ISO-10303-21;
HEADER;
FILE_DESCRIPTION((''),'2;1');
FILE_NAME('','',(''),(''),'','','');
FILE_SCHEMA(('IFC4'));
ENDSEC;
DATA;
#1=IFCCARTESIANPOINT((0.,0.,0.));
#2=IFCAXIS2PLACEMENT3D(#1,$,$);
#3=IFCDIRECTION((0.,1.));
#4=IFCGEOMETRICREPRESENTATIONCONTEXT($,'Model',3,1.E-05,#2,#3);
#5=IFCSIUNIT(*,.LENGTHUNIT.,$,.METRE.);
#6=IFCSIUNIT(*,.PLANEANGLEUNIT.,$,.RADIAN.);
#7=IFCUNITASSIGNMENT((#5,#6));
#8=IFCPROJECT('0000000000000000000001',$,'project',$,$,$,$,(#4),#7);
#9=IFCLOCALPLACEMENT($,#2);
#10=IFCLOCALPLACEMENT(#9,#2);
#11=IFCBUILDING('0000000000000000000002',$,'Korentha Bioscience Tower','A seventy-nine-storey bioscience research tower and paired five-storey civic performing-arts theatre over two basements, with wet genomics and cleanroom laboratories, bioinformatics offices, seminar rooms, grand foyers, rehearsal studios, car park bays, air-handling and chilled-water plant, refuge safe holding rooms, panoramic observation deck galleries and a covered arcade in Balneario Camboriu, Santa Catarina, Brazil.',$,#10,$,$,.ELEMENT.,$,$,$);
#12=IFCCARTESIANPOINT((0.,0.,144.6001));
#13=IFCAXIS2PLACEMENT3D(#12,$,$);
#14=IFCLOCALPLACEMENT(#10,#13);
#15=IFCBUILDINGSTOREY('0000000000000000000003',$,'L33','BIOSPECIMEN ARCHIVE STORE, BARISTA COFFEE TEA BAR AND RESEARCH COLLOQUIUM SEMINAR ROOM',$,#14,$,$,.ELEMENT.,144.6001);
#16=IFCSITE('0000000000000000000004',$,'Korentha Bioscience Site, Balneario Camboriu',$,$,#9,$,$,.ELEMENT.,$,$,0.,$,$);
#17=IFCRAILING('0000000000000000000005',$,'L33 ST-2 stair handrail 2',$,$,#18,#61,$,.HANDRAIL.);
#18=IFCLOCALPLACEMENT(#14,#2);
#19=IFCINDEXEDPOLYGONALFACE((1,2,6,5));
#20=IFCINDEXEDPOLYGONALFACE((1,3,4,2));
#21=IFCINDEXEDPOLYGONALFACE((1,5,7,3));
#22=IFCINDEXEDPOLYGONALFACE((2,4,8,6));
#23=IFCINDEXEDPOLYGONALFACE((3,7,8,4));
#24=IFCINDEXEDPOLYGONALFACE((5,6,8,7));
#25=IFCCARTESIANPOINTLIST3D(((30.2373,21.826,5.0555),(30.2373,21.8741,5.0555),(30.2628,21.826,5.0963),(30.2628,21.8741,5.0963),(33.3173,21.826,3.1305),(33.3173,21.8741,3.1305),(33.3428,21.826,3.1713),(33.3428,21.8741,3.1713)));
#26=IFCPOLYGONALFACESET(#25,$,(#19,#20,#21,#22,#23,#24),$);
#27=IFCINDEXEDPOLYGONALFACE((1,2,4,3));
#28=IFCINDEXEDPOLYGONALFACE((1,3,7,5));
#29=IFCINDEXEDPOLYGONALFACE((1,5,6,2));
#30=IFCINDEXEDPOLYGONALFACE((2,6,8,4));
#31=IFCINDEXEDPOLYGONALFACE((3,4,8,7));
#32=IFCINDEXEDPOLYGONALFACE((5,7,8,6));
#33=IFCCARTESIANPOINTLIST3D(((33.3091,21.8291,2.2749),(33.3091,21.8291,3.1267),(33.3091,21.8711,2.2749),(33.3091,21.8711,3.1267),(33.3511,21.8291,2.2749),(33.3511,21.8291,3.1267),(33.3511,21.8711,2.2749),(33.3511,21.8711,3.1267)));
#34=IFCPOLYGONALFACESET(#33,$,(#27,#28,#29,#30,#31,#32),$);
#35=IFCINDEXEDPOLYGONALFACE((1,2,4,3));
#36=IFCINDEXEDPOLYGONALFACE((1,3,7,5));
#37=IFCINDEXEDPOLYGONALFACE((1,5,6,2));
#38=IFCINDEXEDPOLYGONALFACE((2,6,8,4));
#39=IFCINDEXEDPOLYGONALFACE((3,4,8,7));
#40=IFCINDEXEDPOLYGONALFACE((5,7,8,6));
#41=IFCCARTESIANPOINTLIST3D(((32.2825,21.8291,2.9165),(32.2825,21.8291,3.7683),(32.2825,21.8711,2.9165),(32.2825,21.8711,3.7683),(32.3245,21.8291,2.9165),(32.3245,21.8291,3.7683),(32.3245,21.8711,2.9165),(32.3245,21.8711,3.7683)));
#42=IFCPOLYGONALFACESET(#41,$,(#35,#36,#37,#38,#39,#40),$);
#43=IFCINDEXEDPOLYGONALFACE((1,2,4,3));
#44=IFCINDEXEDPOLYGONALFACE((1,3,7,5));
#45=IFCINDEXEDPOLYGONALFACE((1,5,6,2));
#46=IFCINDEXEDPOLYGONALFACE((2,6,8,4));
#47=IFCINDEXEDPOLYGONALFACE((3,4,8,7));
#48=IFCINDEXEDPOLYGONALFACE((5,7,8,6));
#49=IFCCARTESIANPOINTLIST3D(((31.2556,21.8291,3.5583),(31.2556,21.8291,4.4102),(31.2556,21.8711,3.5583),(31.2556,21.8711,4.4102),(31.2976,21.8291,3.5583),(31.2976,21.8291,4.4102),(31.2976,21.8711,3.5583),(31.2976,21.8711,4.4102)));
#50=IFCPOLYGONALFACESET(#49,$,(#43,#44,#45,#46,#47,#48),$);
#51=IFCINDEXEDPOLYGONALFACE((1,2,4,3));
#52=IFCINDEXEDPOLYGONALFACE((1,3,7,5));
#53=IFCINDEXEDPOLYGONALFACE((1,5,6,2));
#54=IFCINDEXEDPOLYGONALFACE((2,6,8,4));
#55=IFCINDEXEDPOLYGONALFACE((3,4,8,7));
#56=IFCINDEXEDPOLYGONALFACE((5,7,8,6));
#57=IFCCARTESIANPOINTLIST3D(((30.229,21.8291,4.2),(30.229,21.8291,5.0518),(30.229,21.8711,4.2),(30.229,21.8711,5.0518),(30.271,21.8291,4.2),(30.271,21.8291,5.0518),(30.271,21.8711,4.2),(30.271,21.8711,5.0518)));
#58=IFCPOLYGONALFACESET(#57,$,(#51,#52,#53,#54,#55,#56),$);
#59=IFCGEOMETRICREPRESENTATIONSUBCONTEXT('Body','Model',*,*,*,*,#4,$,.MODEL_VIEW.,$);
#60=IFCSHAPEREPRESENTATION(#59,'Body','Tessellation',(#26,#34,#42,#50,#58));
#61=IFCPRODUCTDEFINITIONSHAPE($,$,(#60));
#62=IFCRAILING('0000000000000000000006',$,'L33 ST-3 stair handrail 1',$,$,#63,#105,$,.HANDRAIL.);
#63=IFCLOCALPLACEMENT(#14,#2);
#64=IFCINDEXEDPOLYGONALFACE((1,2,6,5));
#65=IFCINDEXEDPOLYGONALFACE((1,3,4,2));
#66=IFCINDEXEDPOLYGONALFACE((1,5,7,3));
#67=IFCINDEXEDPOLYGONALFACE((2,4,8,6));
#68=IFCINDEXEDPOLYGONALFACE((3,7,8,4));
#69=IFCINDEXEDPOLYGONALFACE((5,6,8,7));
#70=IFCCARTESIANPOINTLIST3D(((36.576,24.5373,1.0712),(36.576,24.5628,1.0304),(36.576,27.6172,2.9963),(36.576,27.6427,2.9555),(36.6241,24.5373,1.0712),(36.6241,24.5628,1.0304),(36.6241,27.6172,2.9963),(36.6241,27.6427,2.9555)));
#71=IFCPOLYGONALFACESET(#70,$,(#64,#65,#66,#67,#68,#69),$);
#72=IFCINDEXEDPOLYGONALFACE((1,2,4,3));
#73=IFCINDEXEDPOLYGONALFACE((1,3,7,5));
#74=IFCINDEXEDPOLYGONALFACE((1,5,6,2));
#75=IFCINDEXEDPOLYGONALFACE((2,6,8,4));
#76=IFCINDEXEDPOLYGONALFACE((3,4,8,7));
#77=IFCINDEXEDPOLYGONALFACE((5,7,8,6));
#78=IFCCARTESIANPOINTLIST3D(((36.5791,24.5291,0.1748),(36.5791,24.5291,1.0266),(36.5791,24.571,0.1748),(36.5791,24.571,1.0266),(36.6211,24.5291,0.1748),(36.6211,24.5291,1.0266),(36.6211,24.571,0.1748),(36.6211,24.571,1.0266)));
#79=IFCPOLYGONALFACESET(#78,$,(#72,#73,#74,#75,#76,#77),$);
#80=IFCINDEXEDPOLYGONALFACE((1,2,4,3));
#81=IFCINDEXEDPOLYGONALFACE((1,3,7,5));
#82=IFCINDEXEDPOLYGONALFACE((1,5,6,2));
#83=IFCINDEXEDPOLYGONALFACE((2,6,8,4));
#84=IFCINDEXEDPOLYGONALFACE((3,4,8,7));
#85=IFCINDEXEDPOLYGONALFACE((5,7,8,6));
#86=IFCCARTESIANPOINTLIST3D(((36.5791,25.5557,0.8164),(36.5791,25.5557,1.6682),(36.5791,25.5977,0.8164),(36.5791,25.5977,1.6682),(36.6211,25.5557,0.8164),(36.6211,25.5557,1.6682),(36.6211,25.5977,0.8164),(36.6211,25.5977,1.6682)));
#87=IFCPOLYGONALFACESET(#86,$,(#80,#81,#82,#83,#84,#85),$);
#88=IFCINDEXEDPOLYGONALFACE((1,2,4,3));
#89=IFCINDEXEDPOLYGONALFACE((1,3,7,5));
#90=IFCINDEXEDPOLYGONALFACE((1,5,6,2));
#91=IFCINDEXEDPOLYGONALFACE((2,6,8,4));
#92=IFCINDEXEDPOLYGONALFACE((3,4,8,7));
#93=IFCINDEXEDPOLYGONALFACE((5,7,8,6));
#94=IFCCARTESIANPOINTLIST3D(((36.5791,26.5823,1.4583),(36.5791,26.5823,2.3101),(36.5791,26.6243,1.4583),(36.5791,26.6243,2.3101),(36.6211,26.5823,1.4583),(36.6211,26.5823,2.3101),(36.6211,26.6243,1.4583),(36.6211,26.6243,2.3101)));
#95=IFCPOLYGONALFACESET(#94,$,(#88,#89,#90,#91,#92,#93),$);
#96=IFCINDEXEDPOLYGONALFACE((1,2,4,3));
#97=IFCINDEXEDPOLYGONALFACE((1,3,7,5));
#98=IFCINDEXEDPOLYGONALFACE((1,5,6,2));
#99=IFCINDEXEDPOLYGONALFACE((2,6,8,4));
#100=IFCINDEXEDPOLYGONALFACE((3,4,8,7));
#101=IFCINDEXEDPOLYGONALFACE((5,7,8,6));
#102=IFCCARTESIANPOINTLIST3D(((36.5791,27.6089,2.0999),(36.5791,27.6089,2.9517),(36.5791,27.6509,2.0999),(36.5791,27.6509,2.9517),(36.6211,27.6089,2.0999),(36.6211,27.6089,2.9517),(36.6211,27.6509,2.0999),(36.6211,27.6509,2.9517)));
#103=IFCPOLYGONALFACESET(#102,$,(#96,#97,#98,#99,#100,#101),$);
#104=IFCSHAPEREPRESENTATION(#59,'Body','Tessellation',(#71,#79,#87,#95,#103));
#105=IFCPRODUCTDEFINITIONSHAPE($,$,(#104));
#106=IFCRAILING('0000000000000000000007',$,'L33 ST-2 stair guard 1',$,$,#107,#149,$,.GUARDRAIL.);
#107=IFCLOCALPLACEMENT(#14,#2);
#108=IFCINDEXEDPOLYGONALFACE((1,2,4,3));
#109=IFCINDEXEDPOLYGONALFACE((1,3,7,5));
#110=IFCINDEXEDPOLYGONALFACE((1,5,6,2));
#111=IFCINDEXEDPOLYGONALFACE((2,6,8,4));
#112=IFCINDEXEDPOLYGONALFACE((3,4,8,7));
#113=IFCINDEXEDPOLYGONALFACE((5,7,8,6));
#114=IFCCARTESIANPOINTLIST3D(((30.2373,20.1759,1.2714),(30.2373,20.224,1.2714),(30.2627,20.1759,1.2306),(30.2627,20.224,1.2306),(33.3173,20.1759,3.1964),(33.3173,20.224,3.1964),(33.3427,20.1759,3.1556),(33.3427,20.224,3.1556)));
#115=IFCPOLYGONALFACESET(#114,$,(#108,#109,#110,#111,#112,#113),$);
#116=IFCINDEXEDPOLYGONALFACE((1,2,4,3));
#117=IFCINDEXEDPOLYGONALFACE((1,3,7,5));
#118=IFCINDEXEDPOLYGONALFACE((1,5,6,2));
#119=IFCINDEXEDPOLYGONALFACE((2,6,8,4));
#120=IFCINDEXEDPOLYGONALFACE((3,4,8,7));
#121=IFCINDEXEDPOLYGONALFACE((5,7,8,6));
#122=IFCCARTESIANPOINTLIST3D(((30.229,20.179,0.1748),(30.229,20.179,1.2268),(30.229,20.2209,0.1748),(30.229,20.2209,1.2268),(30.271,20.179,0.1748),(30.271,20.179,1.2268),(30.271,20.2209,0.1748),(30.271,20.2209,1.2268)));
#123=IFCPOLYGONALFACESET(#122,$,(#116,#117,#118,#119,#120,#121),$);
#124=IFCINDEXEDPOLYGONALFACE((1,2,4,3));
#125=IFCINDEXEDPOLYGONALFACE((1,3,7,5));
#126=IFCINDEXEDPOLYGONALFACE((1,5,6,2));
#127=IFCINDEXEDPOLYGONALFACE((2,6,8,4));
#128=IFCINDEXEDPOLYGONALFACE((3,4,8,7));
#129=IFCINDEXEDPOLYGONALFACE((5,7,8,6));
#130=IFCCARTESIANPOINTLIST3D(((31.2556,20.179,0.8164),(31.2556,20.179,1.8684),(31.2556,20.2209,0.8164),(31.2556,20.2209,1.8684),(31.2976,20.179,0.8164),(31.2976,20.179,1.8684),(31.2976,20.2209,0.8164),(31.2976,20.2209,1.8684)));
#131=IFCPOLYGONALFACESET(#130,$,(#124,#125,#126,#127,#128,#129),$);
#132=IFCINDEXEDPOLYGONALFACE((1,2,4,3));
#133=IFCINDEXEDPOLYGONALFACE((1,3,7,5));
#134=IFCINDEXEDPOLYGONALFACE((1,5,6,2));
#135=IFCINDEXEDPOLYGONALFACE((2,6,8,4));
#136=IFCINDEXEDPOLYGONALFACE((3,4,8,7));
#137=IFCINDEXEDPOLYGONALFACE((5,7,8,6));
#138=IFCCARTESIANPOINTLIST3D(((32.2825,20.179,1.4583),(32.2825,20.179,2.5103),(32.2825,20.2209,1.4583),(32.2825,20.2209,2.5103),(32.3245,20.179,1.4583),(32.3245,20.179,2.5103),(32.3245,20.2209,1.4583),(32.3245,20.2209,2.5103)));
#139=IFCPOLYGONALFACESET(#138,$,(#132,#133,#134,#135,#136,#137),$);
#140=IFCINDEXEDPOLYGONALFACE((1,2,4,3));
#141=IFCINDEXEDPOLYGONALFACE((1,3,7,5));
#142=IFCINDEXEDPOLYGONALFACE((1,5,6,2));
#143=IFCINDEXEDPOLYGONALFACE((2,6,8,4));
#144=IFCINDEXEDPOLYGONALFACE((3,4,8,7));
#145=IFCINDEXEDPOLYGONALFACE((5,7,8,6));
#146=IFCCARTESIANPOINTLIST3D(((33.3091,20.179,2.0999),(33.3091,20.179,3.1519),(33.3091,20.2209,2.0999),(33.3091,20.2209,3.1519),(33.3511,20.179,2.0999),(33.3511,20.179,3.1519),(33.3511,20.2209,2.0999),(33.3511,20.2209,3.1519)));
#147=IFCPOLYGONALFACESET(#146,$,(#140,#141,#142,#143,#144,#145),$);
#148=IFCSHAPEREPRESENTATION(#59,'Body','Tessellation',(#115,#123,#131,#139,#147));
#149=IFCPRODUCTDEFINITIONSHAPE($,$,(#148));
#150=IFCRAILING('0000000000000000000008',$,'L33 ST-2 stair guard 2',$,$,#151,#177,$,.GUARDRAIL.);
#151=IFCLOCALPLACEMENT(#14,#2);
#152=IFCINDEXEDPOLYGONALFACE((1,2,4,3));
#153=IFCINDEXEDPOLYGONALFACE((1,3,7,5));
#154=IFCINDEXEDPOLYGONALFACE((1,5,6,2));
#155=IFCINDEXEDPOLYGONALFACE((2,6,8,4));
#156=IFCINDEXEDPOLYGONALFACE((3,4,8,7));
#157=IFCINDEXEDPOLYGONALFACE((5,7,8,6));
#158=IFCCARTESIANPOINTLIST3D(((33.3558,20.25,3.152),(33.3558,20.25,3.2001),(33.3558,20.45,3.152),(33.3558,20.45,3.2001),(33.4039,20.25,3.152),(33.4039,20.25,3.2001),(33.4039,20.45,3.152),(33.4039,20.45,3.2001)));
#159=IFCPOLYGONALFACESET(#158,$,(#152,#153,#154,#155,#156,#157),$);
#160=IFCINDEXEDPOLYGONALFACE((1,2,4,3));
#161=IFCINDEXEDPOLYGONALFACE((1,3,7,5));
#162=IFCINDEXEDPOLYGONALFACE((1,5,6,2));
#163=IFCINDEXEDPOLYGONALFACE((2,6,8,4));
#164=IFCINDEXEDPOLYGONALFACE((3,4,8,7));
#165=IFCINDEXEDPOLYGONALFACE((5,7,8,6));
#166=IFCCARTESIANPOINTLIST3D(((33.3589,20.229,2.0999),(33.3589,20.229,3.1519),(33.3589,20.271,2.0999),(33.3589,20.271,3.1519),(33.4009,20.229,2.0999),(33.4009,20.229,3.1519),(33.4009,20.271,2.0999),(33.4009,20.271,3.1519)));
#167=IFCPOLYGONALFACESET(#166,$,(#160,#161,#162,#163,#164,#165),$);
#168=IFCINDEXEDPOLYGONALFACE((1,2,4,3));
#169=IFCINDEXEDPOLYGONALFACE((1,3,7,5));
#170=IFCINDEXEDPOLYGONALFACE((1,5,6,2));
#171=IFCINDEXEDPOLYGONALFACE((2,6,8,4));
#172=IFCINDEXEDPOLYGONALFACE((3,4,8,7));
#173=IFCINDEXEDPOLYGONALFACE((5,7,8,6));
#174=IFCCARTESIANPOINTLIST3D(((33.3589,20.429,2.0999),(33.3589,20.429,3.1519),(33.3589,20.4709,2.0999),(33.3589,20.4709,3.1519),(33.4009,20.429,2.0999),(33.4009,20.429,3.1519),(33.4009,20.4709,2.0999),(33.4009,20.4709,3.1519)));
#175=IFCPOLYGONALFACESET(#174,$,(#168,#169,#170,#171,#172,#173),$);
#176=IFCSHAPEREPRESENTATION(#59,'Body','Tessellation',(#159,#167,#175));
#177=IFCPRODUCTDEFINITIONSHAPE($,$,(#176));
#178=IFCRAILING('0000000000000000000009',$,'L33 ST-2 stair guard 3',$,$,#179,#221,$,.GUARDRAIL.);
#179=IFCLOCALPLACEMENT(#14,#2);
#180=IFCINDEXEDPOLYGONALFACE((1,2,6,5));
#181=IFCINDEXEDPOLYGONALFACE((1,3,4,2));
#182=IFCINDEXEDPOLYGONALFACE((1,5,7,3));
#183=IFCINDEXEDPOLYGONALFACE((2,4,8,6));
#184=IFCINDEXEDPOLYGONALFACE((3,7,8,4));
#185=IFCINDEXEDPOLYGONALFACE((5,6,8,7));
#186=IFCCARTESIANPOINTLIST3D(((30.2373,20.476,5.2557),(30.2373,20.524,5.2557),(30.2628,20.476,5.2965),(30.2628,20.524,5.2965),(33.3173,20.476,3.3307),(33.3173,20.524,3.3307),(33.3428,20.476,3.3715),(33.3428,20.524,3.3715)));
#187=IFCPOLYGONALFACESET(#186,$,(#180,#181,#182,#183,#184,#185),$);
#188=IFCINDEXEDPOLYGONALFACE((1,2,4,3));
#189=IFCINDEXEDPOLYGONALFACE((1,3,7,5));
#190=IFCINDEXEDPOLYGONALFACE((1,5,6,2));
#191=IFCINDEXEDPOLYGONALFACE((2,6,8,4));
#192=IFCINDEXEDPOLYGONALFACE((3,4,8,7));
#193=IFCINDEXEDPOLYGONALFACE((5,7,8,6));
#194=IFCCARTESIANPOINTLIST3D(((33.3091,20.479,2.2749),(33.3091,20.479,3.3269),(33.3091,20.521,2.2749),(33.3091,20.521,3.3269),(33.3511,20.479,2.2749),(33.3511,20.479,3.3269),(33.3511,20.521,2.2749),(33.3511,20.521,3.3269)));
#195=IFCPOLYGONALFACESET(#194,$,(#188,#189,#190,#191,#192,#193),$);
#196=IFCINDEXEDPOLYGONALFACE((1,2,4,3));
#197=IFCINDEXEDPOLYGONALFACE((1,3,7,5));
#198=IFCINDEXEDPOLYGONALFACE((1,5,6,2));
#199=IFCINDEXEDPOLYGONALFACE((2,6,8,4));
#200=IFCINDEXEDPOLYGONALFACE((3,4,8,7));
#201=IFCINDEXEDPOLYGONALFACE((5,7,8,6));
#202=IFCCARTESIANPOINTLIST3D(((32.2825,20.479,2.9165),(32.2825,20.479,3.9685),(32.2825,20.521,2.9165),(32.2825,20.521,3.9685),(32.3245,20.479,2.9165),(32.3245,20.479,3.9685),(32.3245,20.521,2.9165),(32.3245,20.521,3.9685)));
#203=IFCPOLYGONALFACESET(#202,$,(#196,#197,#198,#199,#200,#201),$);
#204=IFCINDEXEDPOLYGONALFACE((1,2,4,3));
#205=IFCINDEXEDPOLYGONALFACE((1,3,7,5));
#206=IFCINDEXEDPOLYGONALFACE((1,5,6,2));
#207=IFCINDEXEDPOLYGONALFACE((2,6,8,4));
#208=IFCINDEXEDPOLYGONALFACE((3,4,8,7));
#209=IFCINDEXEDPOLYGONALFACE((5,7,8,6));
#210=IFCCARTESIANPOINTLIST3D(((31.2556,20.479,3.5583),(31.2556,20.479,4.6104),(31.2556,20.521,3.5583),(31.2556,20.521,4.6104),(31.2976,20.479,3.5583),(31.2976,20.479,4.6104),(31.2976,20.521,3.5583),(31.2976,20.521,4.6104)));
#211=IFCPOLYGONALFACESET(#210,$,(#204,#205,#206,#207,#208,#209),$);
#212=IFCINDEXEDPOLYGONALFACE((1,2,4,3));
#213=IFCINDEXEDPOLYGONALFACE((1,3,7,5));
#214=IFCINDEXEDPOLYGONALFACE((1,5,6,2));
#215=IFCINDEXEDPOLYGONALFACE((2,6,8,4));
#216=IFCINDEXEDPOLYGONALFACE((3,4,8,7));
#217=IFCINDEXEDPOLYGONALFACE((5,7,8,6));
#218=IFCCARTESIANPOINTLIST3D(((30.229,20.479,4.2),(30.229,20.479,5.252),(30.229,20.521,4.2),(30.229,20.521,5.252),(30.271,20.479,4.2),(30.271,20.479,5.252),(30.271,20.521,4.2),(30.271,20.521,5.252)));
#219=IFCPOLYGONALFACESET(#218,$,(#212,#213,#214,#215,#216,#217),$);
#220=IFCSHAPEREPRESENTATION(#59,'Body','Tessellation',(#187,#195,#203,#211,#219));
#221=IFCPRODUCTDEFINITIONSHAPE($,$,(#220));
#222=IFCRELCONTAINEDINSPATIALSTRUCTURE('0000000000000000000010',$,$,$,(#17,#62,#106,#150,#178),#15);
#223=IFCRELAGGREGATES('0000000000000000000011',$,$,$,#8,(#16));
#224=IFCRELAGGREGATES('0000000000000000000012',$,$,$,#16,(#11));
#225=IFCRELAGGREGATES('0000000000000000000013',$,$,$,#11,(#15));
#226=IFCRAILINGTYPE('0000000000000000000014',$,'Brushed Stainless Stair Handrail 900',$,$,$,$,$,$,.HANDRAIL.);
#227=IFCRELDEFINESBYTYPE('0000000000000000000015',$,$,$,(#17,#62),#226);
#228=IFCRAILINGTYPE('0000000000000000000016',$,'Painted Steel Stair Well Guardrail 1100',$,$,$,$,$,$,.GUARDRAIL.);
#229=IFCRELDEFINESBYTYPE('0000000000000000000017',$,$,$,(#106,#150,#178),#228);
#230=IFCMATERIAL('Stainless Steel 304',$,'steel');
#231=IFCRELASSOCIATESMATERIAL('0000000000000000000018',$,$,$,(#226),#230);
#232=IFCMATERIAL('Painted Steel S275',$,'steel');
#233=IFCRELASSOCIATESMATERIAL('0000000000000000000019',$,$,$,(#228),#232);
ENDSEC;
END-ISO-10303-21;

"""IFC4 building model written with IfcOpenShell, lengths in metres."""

from ifc_helpers import new_model, si_unit, direction, frame, origin, origin_2d, place, context, subcontext, project, spatial, rectangle, extrude, material, type_object, element, save


model = new_model("IFC4")

# Units and contexts
model_context = context("Model", 3, precision=1e-05, world=origin(), true_north=direction((0.0, 1.0)))
body_context = subcontext(model_context, "Body", "Model", "MODEL_VIEW")
ifc_project = project(units=[si_unit("LENGTHUNIT", "METRE"), si_unit("PLANEANGLEUNIT", "RADIAN")], contexts=[model_context])

# Site, building, storey
site_placement = place(None, origin())
site = spatial("IfcSite", under=ifc_project, at=site_placement, Name="Korentha Bioscience Site, Balneario Camboriu", CompositionType="ELEMENT", RefElevation=0.0)
building_placement = place(site_placement, origin())
building = spatial("IfcBuilding", under=site, at=building_placement, Name="Korentha Bioscience Tower", Description="A seventy-nine-storey bioscience research tower and paired five-storey civic performing-arts theatre over two basements, with wet genomics and cleanroom laboratories, bioinformatics offices, seminar rooms, grand foyers, rehearsal studios, car park bays, air-handling and chilled-water plant, refuge safe holding rooms, panoramic observation deck galleries and a covered arcade in Balneario Camboriu, Santa Catarina, Brazil.", CompositionType="ELEMENT")
storey_placement = place(building_placement, frame((0.0, 0.0, 144.6001)))
storey = spatial("IfcBuildingStorey", under=building, at=storey_placement, Name="L33", Description="BIOSPECIMEN ARCHIVE STORE, BARISTA COFFEE TEA BAR AND RESEARCH COLLOQUIUM SEMINAR ROOM", CompositionType="ELEMENT", Elevation=144.6001)

# Railings
ifc_material_1 = material(Name="Stainless Steel 304", Category="steel")
railing_type_1 = type_object("IfcRailingType", Name="Brushed Stainless Stair Handrail 900", PredefinedType="HANDRAIL", material=ifc_material_1)
railing_1_placement = place(storey_placement, frame((33.3301, 21.8501, 2.2749)))
element("IfcRailing", 1, at=railing_1_placement, inside=storey, type_object=railing_type_1, Name="L33 ST-2 stair handrail 2", PredefinedType="HANDRAIL", context=body_context, shape_type="SweptSolid", body=[
    extrude(rectangle(XDim=0.0481, YDim=0.0481, at=origin_2d()), frame((0.0, 0.0, 0.876), z_axis=(-0.847998, 0.0, 0.529999), x_axis=(0.0, -1.0, 0.0)), (0.0, 0.0, 1.0), 3.6321),
    extrude(rectangle(XDim=0.042, YDim=0.042, at=origin_2d()), origin(), (0.0, 0.0, 1.0), 0.8518),
    extrude(rectangle(XDim=0.042, YDim=0.042, at=origin_2d()), frame((-1.0266, 0.0, 0.6416)), (0.0, 0.0, 1.0), 0.8518),
    extrude(rectangle(XDim=0.042, YDim=0.042, at=origin_2d()), frame((-2.0535, 0.0, 1.2834)), (0.0, 0.0, 1.0), 0.8518),
    extrude(rectangle(XDim=0.042, YDim=0.042, at=origin_2d()), frame((-3.0801, 0.0, 1.925)), (0.0, 0.0, 1.0), 0.8518),
])
railing_2_placement = place(storey_placement, frame((36.6001, 24.55, 0.1748)))
element("IfcRailing", 2, at=railing_2_placement, inside=storey, type_object=railing_type_1, Name="L33 ST-3 stair handrail 1", PredefinedType="HANDRAIL", context=body_context, shape_type="SweptSolid", body=[
    extrude(rectangle(XDim=0.0481, YDim=0.0481, at=origin_2d()), frame((0.0, 0.0, 0.876), z_axis=(0.0, 0.847979, 0.530029), x_axis=(-1.0, 0.0, 0.0)), (0.0, 0.0, 1.0), 3.6321),
    extrude(rectangle(XDim=0.042, YDim=0.042, at=origin_2d()), origin(), (0.0, 0.0, 1.0), 0.8518),
    extrude(rectangle(XDim=0.042, YDim=0.042, at=origin_2d()), frame((0.0, 1.0266, 0.6416)), (0.0, 0.0, 1.0), 0.8518),
    extrude(rectangle(XDim=0.042, YDim=0.042, at=origin_2d()), frame((0.0, 2.0532, 1.2834)), (0.0, 0.0, 1.0), 0.8518),
    extrude(rectangle(XDim=0.042, YDim=0.042, at=origin_2d()), frame((0.0, 3.0798, 1.925)), (0.0, 0.0, 1.0), 0.8518),
])
ifc_material_2 = material(Name="Painted Steel S275", Category="steel")
railing_type_2 = type_object("IfcRailingType", Name="Painted Steel Stair Well Guardrail 1100", PredefinedType="GUARDRAIL", material=ifc_material_2)
railing_3_placement = place(storey_placement, frame((30.25, 20.2, 0.1748)))
element("IfcRailing", 3, at=railing_3_placement, inside=storey, type_object=railing_type_2, Name="L33 ST-2 stair guard 1", PredefinedType="GUARDRAIL", context=body_context, shape_type="SweptSolid", body=[
    extrude(rectangle(XDim=0.0481, YDim=0.0481, at=origin_2d()), frame((0.0, 0.0, 1.0762), z_axis=(0.847998, 0.0, 0.529999), x_axis=(0.0, 1.0, 0.0)), (0.0, 0.0, 1.0), 3.6321),
    extrude(rectangle(XDim=0.042, YDim=0.042, at=origin_2d()), origin(), (0.0, 0.0, 1.0), 1.052),
    extrude(rectangle(XDim=0.042, YDim=0.042, at=origin_2d()), frame((1.0266, 0.0, 0.6416)), (0.0, 0.0, 1.0), 1.052),
    extrude(rectangle(XDim=0.042, YDim=0.042, at=origin_2d()), frame((2.0535, 0.0, 1.2834)), (0.0, 0.0, 1.0), 1.052),
    extrude(rectangle(XDim=0.042, YDim=0.042, at=origin_2d()), frame((3.0801, 0.0, 1.925)), (0.0, 0.0, 1.0), 1.052),
])
railing_4_placement = place(storey_placement, frame((33.3799, 20.25, 2.0999)))
element("IfcRailing", 4, at=railing_4_placement, inside=storey, type_object=railing_type_2, Name="L33 ST-2 stair guard 2", PredefinedType="GUARDRAIL", context=body_context, shape_type="SweptSolid", body=[
    extrude(rectangle(XDim=0.0481, YDim=0.0481, at=origin_2d()), frame((0.0, 0.0, 1.0762), z_axis=(0.0, 1.0, 0.0), x_axis=(-1.0, 0.0, 0.0)), (0.0, 0.0, 1.0), 0.2),
    extrude(rectangle(XDim=0.042, YDim=0.042, at=origin_2d()), origin(), (0.0, 0.0, 1.0), 1.052),
    extrude(rectangle(XDim=0.042, YDim=0.042, at=origin_2d()), frame((0.0, 0.2, 0.0)), (0.0, 0.0, 1.0), 1.052),
])
railing_5_placement = place(storey_placement, frame((33.3301, 20.5, 2.2749)))
element("IfcRailing", 5, at=railing_5_placement, inside=storey, type_object=railing_type_2, Name="L33 ST-2 stair guard 3", PredefinedType="GUARDRAIL", context=body_context, shape_type="SweptSolid", body=[
    extrude(rectangle(XDim=0.0481, YDim=0.0481, at=origin_2d()), frame((0.0, 0.0, 1.0762), z_axis=(-0.847998, 0.0, 0.529999), x_axis=(0.0, -1.0, 0.0)), (0.0, 0.0, 1.0), 3.6321),
    extrude(rectangle(XDim=0.042, YDim=0.042, at=origin_2d()), origin(), (0.0, 0.0, 1.0), 1.052),
    extrude(rectangle(XDim=0.042, YDim=0.042, at=origin_2d()), frame((-1.0266, 0.0, 0.6416)), (0.0, 0.0, 1.0), 1.052),
    extrude(rectangle(XDim=0.042, YDim=0.042, at=origin_2d()), frame((-2.0535, 0.0, 1.2834)), (0.0, 0.0, 1.0), 1.052),
    extrude(rectangle(XDim=0.042, YDim=0.042, at=origin_2d()), frame((-3.0801, 0.0, 1.925)), (0.0, 0.0, 1.0), 1.052),
])

save(model, "model.ifc")
